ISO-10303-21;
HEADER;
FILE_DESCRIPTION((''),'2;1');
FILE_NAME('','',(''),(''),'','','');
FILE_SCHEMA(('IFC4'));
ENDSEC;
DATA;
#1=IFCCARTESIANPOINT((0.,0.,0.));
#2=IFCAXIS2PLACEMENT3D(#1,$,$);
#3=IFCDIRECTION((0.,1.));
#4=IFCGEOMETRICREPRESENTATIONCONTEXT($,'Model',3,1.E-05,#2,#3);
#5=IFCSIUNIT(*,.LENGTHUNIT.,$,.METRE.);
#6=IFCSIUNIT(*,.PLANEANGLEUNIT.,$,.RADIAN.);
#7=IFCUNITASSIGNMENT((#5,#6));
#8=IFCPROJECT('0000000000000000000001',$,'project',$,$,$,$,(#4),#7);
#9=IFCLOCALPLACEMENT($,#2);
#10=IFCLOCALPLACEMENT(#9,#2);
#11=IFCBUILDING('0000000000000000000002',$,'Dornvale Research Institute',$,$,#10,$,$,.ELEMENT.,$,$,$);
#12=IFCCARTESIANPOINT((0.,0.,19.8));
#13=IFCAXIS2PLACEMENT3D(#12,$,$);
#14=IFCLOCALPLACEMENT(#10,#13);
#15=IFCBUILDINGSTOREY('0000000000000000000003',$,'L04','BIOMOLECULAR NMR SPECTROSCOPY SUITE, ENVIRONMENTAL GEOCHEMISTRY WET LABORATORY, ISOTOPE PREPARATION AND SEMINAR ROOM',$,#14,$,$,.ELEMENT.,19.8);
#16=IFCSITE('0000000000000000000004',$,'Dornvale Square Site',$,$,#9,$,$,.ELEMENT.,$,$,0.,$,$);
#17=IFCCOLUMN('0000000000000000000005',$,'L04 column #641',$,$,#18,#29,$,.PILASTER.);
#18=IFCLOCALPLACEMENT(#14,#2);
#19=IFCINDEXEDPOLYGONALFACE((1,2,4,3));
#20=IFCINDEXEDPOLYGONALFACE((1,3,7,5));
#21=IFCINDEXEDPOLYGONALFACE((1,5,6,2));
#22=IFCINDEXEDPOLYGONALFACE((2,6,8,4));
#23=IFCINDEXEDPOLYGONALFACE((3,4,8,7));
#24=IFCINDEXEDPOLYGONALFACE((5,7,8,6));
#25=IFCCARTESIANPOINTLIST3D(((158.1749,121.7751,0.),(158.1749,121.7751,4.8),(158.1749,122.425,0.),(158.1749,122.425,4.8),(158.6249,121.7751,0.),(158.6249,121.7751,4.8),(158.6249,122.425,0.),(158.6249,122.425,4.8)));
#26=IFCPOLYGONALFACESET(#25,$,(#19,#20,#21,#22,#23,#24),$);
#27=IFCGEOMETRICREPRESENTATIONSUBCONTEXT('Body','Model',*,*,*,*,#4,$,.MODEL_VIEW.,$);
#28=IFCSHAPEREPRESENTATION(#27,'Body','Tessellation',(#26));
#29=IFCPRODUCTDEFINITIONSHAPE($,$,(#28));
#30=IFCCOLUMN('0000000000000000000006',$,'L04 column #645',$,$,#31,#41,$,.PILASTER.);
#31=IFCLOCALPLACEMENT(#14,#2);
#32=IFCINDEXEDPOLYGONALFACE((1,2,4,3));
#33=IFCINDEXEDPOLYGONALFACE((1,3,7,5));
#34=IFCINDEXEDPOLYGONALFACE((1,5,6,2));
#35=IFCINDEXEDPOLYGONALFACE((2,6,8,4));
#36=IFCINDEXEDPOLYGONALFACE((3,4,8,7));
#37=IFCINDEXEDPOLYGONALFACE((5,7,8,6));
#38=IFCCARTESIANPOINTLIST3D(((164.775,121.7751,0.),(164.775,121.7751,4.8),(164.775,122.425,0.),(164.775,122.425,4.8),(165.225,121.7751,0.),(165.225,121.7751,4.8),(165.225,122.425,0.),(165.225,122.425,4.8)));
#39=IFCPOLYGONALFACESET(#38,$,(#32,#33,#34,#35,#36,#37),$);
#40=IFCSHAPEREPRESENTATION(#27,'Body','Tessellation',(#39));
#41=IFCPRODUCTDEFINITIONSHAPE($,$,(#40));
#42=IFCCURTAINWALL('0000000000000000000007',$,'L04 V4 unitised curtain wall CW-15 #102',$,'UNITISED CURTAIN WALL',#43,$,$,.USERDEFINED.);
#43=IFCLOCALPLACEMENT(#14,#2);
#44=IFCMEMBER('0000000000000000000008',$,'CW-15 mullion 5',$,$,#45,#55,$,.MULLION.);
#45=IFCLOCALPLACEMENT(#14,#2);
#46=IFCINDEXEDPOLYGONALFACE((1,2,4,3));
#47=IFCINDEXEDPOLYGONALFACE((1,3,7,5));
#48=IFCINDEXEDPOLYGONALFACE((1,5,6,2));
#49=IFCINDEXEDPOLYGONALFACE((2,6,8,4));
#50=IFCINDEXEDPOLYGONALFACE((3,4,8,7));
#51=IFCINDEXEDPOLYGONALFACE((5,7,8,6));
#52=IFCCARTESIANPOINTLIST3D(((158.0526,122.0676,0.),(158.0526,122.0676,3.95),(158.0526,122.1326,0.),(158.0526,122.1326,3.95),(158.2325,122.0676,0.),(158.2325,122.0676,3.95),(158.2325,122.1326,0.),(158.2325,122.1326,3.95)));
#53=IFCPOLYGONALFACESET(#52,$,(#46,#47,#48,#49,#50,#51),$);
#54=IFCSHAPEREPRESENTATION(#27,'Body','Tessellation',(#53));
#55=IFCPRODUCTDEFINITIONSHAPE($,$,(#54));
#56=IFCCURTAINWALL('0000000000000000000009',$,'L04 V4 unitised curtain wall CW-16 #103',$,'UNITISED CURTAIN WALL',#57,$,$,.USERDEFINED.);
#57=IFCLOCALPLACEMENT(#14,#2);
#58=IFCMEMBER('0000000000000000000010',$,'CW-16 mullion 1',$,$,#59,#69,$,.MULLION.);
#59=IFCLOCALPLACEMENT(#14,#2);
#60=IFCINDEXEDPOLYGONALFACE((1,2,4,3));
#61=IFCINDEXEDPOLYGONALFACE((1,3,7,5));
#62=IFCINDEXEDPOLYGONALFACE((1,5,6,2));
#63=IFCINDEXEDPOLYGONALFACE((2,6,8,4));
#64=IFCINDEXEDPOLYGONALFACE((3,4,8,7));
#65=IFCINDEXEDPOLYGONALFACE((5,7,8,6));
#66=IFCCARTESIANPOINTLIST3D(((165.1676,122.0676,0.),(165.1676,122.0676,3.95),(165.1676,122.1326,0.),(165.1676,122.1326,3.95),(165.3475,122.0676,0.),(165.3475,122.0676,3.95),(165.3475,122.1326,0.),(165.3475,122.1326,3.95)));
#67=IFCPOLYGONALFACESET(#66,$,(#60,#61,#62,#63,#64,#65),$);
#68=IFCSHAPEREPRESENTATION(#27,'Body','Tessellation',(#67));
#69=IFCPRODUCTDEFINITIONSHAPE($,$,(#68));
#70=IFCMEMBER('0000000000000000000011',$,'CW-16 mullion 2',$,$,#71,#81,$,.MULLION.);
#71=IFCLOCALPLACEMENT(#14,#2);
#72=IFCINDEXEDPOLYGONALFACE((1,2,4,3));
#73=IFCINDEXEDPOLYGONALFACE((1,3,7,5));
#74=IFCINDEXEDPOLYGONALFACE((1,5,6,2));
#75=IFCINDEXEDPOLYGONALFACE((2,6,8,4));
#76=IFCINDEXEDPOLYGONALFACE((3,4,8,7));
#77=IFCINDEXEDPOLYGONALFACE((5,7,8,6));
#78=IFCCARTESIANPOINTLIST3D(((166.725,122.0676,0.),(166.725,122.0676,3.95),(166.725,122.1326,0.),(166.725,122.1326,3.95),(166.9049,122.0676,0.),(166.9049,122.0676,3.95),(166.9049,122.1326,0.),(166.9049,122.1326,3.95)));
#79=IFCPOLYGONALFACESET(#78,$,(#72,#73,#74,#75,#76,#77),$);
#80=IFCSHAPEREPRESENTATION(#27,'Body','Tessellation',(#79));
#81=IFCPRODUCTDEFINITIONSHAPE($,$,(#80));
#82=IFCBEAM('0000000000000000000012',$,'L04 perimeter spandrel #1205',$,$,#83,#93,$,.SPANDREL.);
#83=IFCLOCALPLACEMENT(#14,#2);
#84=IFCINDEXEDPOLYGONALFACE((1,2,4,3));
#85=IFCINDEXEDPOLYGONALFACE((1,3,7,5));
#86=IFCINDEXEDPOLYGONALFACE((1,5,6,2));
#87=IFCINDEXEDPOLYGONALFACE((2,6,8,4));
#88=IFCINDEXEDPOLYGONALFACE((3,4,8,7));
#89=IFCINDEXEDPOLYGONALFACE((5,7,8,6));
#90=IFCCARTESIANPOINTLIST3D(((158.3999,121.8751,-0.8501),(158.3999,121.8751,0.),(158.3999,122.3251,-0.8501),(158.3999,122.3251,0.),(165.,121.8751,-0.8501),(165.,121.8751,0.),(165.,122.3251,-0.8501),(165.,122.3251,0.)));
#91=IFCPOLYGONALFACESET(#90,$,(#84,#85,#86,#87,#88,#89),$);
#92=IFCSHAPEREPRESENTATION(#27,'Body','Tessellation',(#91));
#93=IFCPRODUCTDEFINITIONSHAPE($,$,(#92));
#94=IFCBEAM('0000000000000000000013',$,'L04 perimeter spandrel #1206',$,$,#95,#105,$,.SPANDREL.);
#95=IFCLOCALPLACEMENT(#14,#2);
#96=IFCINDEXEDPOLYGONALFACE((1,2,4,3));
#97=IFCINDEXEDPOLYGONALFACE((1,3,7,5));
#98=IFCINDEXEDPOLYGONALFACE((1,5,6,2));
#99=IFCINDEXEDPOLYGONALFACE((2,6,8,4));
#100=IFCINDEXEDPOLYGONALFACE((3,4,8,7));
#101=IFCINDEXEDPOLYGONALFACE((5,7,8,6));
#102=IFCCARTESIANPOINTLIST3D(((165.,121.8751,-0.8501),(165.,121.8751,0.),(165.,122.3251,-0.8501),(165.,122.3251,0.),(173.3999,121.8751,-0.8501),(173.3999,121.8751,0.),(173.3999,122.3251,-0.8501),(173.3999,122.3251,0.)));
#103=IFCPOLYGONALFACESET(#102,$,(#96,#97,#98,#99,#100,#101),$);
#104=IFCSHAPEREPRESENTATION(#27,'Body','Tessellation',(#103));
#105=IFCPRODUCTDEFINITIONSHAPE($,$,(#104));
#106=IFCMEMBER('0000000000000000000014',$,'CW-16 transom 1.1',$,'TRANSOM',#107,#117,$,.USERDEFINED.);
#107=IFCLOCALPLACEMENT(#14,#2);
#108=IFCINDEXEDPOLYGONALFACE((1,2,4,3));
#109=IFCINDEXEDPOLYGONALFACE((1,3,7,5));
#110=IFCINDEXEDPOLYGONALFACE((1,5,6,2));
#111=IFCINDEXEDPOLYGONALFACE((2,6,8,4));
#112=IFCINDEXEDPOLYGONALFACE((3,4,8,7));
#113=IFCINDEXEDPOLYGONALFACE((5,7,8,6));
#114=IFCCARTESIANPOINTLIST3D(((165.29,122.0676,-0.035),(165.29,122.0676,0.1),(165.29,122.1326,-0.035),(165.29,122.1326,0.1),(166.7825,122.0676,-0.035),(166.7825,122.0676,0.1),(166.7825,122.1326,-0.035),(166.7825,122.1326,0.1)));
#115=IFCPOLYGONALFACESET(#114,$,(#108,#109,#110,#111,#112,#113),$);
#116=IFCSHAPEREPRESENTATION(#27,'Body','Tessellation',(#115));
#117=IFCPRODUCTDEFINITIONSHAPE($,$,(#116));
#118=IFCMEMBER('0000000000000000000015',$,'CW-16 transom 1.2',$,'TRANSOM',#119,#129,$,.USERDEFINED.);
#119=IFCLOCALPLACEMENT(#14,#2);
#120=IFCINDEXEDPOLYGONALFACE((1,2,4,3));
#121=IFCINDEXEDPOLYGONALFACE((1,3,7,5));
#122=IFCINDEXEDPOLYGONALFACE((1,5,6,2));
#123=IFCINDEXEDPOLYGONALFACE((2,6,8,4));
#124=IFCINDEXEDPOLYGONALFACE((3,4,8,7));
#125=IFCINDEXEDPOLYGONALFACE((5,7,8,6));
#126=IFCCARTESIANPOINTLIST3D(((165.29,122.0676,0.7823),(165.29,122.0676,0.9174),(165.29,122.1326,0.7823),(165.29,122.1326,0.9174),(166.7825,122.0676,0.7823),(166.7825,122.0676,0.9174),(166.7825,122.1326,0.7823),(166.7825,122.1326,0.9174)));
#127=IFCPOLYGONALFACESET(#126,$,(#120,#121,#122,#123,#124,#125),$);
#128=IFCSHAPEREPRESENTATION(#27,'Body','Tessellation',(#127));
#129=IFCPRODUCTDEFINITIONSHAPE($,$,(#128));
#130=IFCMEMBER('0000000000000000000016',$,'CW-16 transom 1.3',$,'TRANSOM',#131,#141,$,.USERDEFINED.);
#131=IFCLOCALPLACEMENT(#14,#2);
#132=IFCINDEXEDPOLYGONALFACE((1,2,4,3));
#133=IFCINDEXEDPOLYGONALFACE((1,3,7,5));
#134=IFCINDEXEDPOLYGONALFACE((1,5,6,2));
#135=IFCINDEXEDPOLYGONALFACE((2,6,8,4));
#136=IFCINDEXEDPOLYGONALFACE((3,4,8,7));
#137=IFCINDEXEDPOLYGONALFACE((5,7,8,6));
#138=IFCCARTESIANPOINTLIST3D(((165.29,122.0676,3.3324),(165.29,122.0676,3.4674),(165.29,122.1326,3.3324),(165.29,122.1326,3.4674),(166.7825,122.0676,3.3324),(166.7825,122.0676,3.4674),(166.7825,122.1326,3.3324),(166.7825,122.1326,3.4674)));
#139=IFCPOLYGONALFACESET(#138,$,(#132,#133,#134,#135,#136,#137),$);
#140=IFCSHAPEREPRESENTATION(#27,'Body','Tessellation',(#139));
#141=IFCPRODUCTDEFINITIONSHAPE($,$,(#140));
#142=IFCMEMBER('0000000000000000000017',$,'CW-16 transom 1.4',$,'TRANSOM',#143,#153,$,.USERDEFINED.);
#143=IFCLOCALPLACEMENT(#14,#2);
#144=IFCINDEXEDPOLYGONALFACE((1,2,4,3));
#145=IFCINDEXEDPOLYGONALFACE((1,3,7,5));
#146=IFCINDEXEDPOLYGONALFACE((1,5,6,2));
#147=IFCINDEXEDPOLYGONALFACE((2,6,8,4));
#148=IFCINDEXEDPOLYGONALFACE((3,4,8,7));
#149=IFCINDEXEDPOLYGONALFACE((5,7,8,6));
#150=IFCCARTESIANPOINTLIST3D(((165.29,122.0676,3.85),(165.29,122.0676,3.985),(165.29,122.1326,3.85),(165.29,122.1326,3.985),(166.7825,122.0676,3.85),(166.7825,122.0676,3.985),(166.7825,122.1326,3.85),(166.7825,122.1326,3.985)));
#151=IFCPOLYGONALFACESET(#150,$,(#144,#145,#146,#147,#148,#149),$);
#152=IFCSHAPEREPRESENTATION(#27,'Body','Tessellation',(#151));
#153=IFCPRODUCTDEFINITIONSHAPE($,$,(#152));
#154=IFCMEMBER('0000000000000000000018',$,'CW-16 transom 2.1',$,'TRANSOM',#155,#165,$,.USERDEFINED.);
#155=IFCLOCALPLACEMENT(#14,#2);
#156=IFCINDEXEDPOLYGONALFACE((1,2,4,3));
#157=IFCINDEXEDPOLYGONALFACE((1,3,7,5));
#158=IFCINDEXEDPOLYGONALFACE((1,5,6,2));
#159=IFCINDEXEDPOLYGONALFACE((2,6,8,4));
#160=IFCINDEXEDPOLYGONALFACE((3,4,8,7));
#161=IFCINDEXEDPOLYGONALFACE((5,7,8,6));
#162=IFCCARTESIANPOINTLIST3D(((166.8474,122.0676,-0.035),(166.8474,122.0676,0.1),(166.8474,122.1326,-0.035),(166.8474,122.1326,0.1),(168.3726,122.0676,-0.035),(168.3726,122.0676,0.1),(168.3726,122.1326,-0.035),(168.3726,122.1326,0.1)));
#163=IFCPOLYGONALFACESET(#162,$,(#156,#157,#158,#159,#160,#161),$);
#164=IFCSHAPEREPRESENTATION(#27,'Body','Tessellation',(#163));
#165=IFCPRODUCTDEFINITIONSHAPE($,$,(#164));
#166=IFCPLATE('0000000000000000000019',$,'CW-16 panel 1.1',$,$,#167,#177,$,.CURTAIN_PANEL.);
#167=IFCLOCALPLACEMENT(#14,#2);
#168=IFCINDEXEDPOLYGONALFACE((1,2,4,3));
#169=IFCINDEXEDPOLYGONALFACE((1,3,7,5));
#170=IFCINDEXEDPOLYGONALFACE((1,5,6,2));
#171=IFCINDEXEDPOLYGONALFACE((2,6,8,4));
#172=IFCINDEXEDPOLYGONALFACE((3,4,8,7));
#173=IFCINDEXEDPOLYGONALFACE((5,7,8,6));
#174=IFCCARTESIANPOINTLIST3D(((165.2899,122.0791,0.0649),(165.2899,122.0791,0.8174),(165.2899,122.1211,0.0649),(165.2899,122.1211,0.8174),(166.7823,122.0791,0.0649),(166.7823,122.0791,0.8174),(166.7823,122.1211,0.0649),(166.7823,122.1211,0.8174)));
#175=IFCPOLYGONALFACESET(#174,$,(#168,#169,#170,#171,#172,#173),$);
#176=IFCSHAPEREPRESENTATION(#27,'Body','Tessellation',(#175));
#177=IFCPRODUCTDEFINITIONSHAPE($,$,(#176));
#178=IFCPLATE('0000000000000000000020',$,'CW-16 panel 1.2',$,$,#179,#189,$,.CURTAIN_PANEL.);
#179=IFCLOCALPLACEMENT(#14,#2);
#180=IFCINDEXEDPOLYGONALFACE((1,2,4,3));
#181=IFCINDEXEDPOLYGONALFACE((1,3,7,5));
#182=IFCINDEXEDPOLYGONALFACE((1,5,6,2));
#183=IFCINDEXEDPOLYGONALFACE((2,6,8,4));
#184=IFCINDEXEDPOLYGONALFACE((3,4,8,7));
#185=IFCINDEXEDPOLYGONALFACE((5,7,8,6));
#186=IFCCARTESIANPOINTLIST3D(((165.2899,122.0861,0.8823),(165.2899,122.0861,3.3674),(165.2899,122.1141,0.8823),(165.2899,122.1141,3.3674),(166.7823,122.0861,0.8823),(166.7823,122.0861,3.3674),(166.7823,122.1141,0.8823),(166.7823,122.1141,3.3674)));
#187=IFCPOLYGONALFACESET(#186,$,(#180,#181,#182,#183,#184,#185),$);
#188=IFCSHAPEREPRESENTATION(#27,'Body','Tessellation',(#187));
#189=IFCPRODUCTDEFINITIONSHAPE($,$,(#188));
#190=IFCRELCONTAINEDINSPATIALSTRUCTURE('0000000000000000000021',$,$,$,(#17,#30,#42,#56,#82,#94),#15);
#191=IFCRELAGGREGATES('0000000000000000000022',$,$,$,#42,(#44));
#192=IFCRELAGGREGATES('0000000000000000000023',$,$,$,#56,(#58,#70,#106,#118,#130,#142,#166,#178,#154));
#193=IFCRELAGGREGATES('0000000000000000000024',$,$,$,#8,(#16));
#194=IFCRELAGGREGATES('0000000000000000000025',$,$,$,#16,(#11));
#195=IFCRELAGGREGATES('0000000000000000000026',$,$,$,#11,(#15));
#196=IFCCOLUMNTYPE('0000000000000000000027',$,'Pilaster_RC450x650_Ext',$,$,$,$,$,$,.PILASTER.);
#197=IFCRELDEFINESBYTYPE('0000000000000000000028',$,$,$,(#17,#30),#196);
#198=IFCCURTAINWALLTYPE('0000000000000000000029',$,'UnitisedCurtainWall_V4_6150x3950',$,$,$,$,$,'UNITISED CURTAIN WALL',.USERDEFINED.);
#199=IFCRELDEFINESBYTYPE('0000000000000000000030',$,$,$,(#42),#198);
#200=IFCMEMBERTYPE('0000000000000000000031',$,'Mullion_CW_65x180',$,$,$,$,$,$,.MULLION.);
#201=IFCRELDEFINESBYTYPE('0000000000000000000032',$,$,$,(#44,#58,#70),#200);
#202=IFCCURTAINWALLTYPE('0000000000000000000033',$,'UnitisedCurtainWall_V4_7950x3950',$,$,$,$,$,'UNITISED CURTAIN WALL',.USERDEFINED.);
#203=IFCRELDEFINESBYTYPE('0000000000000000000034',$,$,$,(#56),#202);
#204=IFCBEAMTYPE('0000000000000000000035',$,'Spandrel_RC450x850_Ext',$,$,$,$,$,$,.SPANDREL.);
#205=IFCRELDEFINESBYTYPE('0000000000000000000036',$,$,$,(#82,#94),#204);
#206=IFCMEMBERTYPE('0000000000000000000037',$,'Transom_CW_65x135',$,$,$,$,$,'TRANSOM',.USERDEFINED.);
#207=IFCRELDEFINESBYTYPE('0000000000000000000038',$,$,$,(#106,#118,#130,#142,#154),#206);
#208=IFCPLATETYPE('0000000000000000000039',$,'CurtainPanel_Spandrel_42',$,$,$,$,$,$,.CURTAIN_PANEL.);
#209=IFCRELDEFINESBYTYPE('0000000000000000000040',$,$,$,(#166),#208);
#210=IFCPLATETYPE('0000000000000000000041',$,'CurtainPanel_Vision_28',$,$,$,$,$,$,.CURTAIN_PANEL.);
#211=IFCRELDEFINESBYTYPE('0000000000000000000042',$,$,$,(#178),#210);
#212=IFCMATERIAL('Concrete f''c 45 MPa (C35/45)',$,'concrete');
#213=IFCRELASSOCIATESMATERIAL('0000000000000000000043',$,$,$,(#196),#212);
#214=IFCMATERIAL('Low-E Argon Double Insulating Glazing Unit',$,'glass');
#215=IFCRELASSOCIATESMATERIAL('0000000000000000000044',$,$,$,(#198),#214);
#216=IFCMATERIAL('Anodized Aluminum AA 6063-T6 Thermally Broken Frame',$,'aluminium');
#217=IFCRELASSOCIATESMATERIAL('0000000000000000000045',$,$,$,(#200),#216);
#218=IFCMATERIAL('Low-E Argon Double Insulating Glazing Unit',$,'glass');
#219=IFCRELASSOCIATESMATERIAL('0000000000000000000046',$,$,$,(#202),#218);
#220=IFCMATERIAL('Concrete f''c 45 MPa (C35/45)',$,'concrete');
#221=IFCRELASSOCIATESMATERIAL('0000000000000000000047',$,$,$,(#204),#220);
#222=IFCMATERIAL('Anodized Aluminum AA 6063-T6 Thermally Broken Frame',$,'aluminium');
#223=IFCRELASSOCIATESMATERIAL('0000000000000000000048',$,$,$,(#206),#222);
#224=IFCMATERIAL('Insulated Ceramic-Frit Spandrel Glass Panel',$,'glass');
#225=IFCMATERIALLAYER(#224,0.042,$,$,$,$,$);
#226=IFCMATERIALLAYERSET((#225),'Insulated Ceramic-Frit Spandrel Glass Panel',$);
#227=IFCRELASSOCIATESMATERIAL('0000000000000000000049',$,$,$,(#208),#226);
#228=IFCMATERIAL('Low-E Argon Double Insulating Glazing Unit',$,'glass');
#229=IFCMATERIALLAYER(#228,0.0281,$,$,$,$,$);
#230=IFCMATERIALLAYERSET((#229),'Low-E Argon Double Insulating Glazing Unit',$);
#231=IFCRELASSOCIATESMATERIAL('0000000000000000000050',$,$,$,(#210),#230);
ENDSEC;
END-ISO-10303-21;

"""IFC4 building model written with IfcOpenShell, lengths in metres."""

from ifc_helpers import new_model, si_unit, direction, frame, origin, origin_2d, place, context, subcontext, project, spatial, rectangle, extrude, material, layer, layer_set, material_profile, profile_set, type_object, element, aggregate, save


model = new_model("IFC4")

# Units and contexts
model_context = context("Model", 3, precision=1e-05, world=origin(), true_north=direction((0.0, 1.0)))
body_context = subcontext(model_context, "Body", "Model", "MODEL_VIEW")
ifc_project = project(units=[si_unit("LENGTHUNIT", "METRE"), si_unit("PLANEANGLEUNIT", "RADIAN")], contexts=[model_context])

# Site, building, storey
site_placement = place(None, origin())
site = spatial("IfcSite", under=ifc_project, at=site_placement, Name="Dornvale Square Site", CompositionType="ELEMENT", RefElevation=0.0)
building_placement = place(site_placement, origin())
building = spatial("IfcBuilding", under=site, at=building_placement, Name="Dornvale Research Institute", CompositionType="ELEMENT")
storey_placement = place(building_placement, frame((0.0, 0.0, 19.8)))
storey = spatial("IfcBuildingStorey", under=building, at=storey_placement, Name="L04", Description="BIOMOLECULAR NMR SPECTROSCOPY SUITE, ENVIRONMENTAL GEOCHEMISTRY WET LABORATORY, ISOTOPE PREPARATION AND SEMINAR ROOM", CompositionType="ELEMENT", Elevation=19.8)

# Columns
ifc_material_1 = material(Name="Concrete f'c 45 MPa (C35/45)", Category="concrete")
ifc_material_profile_1 = material_profile(ifc_material_1, rectangle(XDim=0.45, YDim=0.6499, at=origin_2d()), Name="RC 450x650")
ifc_profile_set_1 = profile_set([ifc_material_profile_1], Name="Concrete f'c 45 MPa (C35/45)")
column_type = type_object("IfcColumnType", Name="Pilaster_RC450x650_Ext", PredefinedType="PILASTER", material=ifc_profile_set_1)
for number, where, z_axis, x_axis, name in (
    (1, (158.3999, 122.1001, 0.0), (0.0, 0.0, 1.0), (1.0, 0.0, 0.0), "L04 column #641"),
    (2, (165.0, 122.1001, 0.0), (0.0, 0.0, 1.0), (1.0, 0.0, 0.0), "L04 column #645"),
):
    element("IfcColumn", number, at=place(storey_placement, frame(where, z_axis=z_axis, x_axis=x_axis)), inside=storey, type_object=column_type, Name=name, PredefinedType="PILASTER", context=body_context, shape_type="SweptSolid", body=[
        extrude(rectangle(XDim=0.45, YDim=0.6499, at=origin_2d()), origin(), (0.0, 0.0, 1.0), 4.8),
    ])

# Curtain wall, member
ifc_material_2 = material(Name="Low-E Argon Double Insulating Glazing Unit", Category="glass")
curtain_wall_type_1 = type_object("IfcCurtainWallType", Name="UnitisedCurtainWall_V4_6150x3950", ElementType="UNITISED CURTAIN WALL", PredefinedType="USERDEFINED", material=ifc_material_2)
curtain_wall_1_placement = place(storey_placement, origin())
curtain_wall_1 = element("IfcCurtainWall", 3, at=curtain_wall_1_placement, inside=storey, type_object=curtain_wall_type_1, Name="L04 V4 unitised curtain wall CW-15 #102", ObjectType="UNITISED CURTAIN WALL", PredefinedType="USERDEFINED")
ifc_material_3 = material(Name="Anodized Aluminum AA 6063-T6 Thermally Broken Frame", Category="aluminium")
ifc_material_profile_2 = material_profile(ifc_material_3, rectangle(XDim=0.0649, YDim=0.1799, at=origin_2d()), Name="ALU MULLION 65x180")
ifc_profile_set_2 = profile_set([ifc_material_profile_2], Name="Anodized Aluminum AA 6063-T6 Thermally Broken Frame")
member_type_1 = type_object("IfcMemberType", Name="Mullion_CW_65x180", PredefinedType="MULLION", material=ifc_profile_set_2)
member_1_placement = place(storey_placement, frame((158.1426, 122.1001, 0.0), z_axis=(0.0, 0.0, 1.0), x_axis=(0.0, 1.0, 0.0)))
member_1 = element("IfcMember", 4, at=member_1_placement, type_object=member_type_1, Name="CW-15 mullion 5", PredefinedType="MULLION", context=body_context, shape_type="SweptSolid", body=[
    extrude(rectangle(XDim=0.0649, YDim=0.1799, at=origin_2d()), origin(), (0.0, 0.0, 1.0), 3.95),
])
aggregate(curtain_wall_1, [member_1])

# Curtain wall, members
ifc_material_4 = material(Name="Low-E Argon Double Insulating Glazing Unit", Category="glass")
curtain_wall_type_2 = type_object("IfcCurtainWallType", Name="UnitisedCurtainWall_V4_7950x3950", ElementType="UNITISED CURTAIN WALL", PredefinedType="USERDEFINED", material=ifc_material_4)
curtain_wall_2_placement = place(storey_placement, origin())
curtain_wall_2 = element("IfcCurtainWall", 5, at=curtain_wall_2_placement, inside=storey, type_object=curtain_wall_type_2, Name="L04 V4 unitised curtain wall CW-16 #103", ObjectType="UNITISED CURTAIN WALL", PredefinedType="USERDEFINED")
member_2_placement = place(storey_placement, frame((165.2576, 122.1001, 0.0), z_axis=(0.0, 0.0, 1.0), x_axis=(0.0, 1.0, 0.0)))
member_2 = element("IfcMember", 6, at=member_2_placement, type_object=member_type_1, Name="CW-16 mullion 1", PredefinedType="MULLION", context=body_context, shape_type="SweptSolid", body=[
    extrude(rectangle(XDim=0.0649, YDim=0.1799, at=origin_2d()), origin(), (0.0, 0.0, 1.0), 3.95),
])
member_3_placement = place(storey_placement, frame((166.8149, 122.1001, 0.0), z_axis=(0.0, 0.0, 1.0), x_axis=(0.0, 1.0, 0.0)))
member_3 = element("IfcMember", 7, at=member_3_placement, type_object=member_type_1, Name="CW-16 mullion 2", PredefinedType="MULLION", context=body_context, shape_type="SweptSolid", body=[
    extrude(rectangle(XDim=0.0649, YDim=0.1799, at=origin_2d()), origin(), (0.0, 0.0, 1.0), 3.95),
])

# Beams
ifc_material_5 = material(Name="Concrete f'c 45 MPa (C35/45)", Category="concrete")
ifc_material_profile_3 = material_profile(ifc_material_5, rectangle(XDim=0.45, YDim=0.8501, at=origin_2d()), Name="RC 450x850")
ifc_profile_set_3 = profile_set([ifc_material_profile_3], Name="Concrete f'c 45 MPa (C35/45)")
beam_type = type_object("IfcBeamType", Name="Spandrel_RC450x850_Ext", PredefinedType="SPANDREL", material=ifc_profile_set_3)
beam_1_placement = place(storey_placement, frame((158.3999, 122.1001, -0.425), z_axis=(1.0, 0.0, 0.0), x_axis=(0.0, 1.0, 0.0)))
element("IfcBeam", 8, at=beam_1_placement, inside=storey, type_object=beam_type, Name="L04 perimeter spandrel #1205", PredefinedType="SPANDREL", context=body_context, shape_type="SweptSolid", body=[
    extrude(rectangle(XDim=0.45, YDim=0.8501, at=origin_2d()), origin(), (0.0, 0.0, 1.0), 6.6001),
])
beam_2_placement = place(storey_placement, frame((165.0, 122.1001, -0.425), z_axis=(1.0, 0.0, 0.0), x_axis=(0.0, 1.0, 0.0)))
element("IfcBeam", 9, at=beam_2_placement, inside=storey, type_object=beam_type, Name="L04 perimeter spandrel #1206", PredefinedType="SPANDREL", context=body_context, shape_type="SweptSolid", body=[
    extrude(rectangle(XDim=0.45, YDim=0.8501, at=origin_2d()), origin(), (0.0, 0.0, 1.0), 8.3999),
])

# Members
ifc_material_6 = material(Name="Anodized Aluminum AA 6063-T6 Thermally Broken Frame", Category="aluminium")
ifc_material_profile_4 = material_profile(ifc_material_6, rectangle(XDim=0.0649, YDim=0.135, at=origin_2d()), Name="ALU TRANSOM 65x135")
ifc_profile_set_4 = profile_set([ifc_material_profile_4], Name="Anodized Aluminum AA 6063-T6 Thermally Broken Frame")
member_type_2 = type_object("IfcMemberType", Name="Transom_CW_65x135", ElementType="TRANSOM", PredefinedType="USERDEFINED", material=ifc_profile_set_4)
member_4_placement = place(storey_placement, frame((165.29, 122.1001, 0.0325), z_axis=(1.0, 0.0, 0.0), x_axis=(0.0, 1.0, 0.0)))
member_4 = element("IfcMember", 10, at=member_4_placement, type_object=member_type_2, Name="CW-16 transom 1.1", ObjectType="TRANSOM", PredefinedType="USERDEFINED", context=body_context, shape_type="SweptSolid", body=[
    extrude(rectangle(XDim=0.0649, YDim=0.135, at=origin_2d()), origin(), (0.0, 0.0, 1.0), 1.4924),
])
member_5_placement = place(storey_placement, frame((165.29, 122.1001, 0.8499), z_axis=(1.0, 0.0, 0.0), x_axis=(0.0, 1.0, 0.0)))
member_5 = element("IfcMember", 11, at=member_5_placement, type_object=member_type_2, Name="CW-16 transom 1.2", ObjectType="TRANSOM", PredefinedType="USERDEFINED", context=body_context, shape_type="SweptSolid", body=[
    extrude(rectangle(XDim=0.0649, YDim=0.135, at=origin_2d()), origin(), (0.0, 0.0, 1.0), 1.4924),
])
member_6_placement = place(storey_placement, frame((165.29, 122.1001, 3.3999), z_axis=(1.0, 0.0, 0.0), x_axis=(0.0, 1.0, 0.0)))
member_6 = element("IfcMember", 12, at=member_6_placement, type_object=member_type_2, Name="CW-16 transom 1.3", ObjectType="TRANSOM", PredefinedType="USERDEFINED", context=body_context, shape_type="SweptSolid", body=[
    extrude(rectangle(XDim=0.0649, YDim=0.135, at=origin_2d()), origin(), (0.0, 0.0, 1.0), 1.4924),
])
member_7_placement = place(storey_placement, frame((165.29, 122.1001, 3.9175), z_axis=(1.0, 0.0, 0.0), x_axis=(0.0, 1.0, 0.0)))
member_7 = element("IfcMember", 13, at=member_7_placement, type_object=member_type_2, Name="CW-16 transom 1.4", ObjectType="TRANSOM", PredefinedType="USERDEFINED", context=body_context, shape_type="SweptSolid", body=[
    extrude(rectangle(XDim=0.0649, YDim=0.135, at=origin_2d()), origin(), (0.0, 0.0, 1.0), 1.4924),
])
member_8_placement = place(storey_placement, frame((166.8474, 122.1001, 0.0325), z_axis=(1.0, 0.0, 0.0), x_axis=(0.0, 1.0, 0.0)))
member_8 = element("IfcMember", 14, at=member_8_placement, type_object=member_type_2, Name="CW-16 transom 2.1", ObjectType="TRANSOM", PredefinedType="USERDEFINED", context=body_context, shape_type="SweptSolid", body=[
    extrude(rectangle(XDim=0.0649, YDim=0.135, at=origin_2d()), origin(), (0.0, 0.0, 1.0), 1.5251),
])

# Plates
ifc_material_7 = material(Name="Insulated Ceramic-Frit Spandrel Glass Panel", Category="glass")
ifc_layer_1 = layer(ifc_material_7, 0.042)
ifc_layer_set_1 = layer_set([ifc_layer_1], Name="Insulated Ceramic-Frit Spandrel Glass Panel")
plate_type_1 = type_object("IfcPlateType", Name="CurtainPanel_Spandrel_42", PredefinedType="CURTAIN_PANEL", material=ifc_layer_set_1)
plate_1_placement = place(storey_placement, frame((166.0361, 122.1001, 0.0649), z_axis=(0.0, 0.0, 1.0), x_axis=(1.0, 0.0, 0.0)))
plate_1 = element("IfcPlate", 15, at=plate_1_placement, type_object=plate_type_1, Name="CW-16 panel 1.1", PredefinedType="CURTAIN_PANEL", context=body_context, shape_type="SweptSolid", body=[
    extrude(rectangle(XDim=1.4924, YDim=0.042, at=origin_2d()), origin(), (0.0, 0.0, 1.0), 0.7524),
])
ifc_material_8 = material(Name="Low-E Argon Double Insulating Glazing Unit", Category="glass")
ifc_layer_2 = layer(ifc_material_8, 0.0281)
ifc_layer_set_2 = layer_set([ifc_layer_2], Name="Low-E Argon Double Insulating Glazing Unit")
plate_type_2 = type_object("IfcPlateType", Name="CurtainPanel_Vision_28", PredefinedType="CURTAIN_PANEL", material=ifc_layer_set_2)
plate_2_placement = place(storey_placement, frame((166.0361, 122.1001, 0.8823), z_axis=(0.0, 0.0, 1.0), x_axis=(1.0, 0.0, 0.0)))
plate_2 = element("IfcPlate", 16, at=plate_2_placement, type_object=plate_type_2, Name="CW-16 panel 1.2", PredefinedType="CURTAIN_PANEL", context=body_context, shape_type="SweptSolid", body=[
    extrude(rectangle(XDim=1.4924, YDim=0.0281, at=origin_2d()), origin(), (0.0, 0.0, 1.0), 2.4851),
])
aggregate(curtain_wall_2, [member_2, member_3, member_4, member_5, member_6, member_7, plate_1, plate_2, member_8])

save(model, "model.ifc")
